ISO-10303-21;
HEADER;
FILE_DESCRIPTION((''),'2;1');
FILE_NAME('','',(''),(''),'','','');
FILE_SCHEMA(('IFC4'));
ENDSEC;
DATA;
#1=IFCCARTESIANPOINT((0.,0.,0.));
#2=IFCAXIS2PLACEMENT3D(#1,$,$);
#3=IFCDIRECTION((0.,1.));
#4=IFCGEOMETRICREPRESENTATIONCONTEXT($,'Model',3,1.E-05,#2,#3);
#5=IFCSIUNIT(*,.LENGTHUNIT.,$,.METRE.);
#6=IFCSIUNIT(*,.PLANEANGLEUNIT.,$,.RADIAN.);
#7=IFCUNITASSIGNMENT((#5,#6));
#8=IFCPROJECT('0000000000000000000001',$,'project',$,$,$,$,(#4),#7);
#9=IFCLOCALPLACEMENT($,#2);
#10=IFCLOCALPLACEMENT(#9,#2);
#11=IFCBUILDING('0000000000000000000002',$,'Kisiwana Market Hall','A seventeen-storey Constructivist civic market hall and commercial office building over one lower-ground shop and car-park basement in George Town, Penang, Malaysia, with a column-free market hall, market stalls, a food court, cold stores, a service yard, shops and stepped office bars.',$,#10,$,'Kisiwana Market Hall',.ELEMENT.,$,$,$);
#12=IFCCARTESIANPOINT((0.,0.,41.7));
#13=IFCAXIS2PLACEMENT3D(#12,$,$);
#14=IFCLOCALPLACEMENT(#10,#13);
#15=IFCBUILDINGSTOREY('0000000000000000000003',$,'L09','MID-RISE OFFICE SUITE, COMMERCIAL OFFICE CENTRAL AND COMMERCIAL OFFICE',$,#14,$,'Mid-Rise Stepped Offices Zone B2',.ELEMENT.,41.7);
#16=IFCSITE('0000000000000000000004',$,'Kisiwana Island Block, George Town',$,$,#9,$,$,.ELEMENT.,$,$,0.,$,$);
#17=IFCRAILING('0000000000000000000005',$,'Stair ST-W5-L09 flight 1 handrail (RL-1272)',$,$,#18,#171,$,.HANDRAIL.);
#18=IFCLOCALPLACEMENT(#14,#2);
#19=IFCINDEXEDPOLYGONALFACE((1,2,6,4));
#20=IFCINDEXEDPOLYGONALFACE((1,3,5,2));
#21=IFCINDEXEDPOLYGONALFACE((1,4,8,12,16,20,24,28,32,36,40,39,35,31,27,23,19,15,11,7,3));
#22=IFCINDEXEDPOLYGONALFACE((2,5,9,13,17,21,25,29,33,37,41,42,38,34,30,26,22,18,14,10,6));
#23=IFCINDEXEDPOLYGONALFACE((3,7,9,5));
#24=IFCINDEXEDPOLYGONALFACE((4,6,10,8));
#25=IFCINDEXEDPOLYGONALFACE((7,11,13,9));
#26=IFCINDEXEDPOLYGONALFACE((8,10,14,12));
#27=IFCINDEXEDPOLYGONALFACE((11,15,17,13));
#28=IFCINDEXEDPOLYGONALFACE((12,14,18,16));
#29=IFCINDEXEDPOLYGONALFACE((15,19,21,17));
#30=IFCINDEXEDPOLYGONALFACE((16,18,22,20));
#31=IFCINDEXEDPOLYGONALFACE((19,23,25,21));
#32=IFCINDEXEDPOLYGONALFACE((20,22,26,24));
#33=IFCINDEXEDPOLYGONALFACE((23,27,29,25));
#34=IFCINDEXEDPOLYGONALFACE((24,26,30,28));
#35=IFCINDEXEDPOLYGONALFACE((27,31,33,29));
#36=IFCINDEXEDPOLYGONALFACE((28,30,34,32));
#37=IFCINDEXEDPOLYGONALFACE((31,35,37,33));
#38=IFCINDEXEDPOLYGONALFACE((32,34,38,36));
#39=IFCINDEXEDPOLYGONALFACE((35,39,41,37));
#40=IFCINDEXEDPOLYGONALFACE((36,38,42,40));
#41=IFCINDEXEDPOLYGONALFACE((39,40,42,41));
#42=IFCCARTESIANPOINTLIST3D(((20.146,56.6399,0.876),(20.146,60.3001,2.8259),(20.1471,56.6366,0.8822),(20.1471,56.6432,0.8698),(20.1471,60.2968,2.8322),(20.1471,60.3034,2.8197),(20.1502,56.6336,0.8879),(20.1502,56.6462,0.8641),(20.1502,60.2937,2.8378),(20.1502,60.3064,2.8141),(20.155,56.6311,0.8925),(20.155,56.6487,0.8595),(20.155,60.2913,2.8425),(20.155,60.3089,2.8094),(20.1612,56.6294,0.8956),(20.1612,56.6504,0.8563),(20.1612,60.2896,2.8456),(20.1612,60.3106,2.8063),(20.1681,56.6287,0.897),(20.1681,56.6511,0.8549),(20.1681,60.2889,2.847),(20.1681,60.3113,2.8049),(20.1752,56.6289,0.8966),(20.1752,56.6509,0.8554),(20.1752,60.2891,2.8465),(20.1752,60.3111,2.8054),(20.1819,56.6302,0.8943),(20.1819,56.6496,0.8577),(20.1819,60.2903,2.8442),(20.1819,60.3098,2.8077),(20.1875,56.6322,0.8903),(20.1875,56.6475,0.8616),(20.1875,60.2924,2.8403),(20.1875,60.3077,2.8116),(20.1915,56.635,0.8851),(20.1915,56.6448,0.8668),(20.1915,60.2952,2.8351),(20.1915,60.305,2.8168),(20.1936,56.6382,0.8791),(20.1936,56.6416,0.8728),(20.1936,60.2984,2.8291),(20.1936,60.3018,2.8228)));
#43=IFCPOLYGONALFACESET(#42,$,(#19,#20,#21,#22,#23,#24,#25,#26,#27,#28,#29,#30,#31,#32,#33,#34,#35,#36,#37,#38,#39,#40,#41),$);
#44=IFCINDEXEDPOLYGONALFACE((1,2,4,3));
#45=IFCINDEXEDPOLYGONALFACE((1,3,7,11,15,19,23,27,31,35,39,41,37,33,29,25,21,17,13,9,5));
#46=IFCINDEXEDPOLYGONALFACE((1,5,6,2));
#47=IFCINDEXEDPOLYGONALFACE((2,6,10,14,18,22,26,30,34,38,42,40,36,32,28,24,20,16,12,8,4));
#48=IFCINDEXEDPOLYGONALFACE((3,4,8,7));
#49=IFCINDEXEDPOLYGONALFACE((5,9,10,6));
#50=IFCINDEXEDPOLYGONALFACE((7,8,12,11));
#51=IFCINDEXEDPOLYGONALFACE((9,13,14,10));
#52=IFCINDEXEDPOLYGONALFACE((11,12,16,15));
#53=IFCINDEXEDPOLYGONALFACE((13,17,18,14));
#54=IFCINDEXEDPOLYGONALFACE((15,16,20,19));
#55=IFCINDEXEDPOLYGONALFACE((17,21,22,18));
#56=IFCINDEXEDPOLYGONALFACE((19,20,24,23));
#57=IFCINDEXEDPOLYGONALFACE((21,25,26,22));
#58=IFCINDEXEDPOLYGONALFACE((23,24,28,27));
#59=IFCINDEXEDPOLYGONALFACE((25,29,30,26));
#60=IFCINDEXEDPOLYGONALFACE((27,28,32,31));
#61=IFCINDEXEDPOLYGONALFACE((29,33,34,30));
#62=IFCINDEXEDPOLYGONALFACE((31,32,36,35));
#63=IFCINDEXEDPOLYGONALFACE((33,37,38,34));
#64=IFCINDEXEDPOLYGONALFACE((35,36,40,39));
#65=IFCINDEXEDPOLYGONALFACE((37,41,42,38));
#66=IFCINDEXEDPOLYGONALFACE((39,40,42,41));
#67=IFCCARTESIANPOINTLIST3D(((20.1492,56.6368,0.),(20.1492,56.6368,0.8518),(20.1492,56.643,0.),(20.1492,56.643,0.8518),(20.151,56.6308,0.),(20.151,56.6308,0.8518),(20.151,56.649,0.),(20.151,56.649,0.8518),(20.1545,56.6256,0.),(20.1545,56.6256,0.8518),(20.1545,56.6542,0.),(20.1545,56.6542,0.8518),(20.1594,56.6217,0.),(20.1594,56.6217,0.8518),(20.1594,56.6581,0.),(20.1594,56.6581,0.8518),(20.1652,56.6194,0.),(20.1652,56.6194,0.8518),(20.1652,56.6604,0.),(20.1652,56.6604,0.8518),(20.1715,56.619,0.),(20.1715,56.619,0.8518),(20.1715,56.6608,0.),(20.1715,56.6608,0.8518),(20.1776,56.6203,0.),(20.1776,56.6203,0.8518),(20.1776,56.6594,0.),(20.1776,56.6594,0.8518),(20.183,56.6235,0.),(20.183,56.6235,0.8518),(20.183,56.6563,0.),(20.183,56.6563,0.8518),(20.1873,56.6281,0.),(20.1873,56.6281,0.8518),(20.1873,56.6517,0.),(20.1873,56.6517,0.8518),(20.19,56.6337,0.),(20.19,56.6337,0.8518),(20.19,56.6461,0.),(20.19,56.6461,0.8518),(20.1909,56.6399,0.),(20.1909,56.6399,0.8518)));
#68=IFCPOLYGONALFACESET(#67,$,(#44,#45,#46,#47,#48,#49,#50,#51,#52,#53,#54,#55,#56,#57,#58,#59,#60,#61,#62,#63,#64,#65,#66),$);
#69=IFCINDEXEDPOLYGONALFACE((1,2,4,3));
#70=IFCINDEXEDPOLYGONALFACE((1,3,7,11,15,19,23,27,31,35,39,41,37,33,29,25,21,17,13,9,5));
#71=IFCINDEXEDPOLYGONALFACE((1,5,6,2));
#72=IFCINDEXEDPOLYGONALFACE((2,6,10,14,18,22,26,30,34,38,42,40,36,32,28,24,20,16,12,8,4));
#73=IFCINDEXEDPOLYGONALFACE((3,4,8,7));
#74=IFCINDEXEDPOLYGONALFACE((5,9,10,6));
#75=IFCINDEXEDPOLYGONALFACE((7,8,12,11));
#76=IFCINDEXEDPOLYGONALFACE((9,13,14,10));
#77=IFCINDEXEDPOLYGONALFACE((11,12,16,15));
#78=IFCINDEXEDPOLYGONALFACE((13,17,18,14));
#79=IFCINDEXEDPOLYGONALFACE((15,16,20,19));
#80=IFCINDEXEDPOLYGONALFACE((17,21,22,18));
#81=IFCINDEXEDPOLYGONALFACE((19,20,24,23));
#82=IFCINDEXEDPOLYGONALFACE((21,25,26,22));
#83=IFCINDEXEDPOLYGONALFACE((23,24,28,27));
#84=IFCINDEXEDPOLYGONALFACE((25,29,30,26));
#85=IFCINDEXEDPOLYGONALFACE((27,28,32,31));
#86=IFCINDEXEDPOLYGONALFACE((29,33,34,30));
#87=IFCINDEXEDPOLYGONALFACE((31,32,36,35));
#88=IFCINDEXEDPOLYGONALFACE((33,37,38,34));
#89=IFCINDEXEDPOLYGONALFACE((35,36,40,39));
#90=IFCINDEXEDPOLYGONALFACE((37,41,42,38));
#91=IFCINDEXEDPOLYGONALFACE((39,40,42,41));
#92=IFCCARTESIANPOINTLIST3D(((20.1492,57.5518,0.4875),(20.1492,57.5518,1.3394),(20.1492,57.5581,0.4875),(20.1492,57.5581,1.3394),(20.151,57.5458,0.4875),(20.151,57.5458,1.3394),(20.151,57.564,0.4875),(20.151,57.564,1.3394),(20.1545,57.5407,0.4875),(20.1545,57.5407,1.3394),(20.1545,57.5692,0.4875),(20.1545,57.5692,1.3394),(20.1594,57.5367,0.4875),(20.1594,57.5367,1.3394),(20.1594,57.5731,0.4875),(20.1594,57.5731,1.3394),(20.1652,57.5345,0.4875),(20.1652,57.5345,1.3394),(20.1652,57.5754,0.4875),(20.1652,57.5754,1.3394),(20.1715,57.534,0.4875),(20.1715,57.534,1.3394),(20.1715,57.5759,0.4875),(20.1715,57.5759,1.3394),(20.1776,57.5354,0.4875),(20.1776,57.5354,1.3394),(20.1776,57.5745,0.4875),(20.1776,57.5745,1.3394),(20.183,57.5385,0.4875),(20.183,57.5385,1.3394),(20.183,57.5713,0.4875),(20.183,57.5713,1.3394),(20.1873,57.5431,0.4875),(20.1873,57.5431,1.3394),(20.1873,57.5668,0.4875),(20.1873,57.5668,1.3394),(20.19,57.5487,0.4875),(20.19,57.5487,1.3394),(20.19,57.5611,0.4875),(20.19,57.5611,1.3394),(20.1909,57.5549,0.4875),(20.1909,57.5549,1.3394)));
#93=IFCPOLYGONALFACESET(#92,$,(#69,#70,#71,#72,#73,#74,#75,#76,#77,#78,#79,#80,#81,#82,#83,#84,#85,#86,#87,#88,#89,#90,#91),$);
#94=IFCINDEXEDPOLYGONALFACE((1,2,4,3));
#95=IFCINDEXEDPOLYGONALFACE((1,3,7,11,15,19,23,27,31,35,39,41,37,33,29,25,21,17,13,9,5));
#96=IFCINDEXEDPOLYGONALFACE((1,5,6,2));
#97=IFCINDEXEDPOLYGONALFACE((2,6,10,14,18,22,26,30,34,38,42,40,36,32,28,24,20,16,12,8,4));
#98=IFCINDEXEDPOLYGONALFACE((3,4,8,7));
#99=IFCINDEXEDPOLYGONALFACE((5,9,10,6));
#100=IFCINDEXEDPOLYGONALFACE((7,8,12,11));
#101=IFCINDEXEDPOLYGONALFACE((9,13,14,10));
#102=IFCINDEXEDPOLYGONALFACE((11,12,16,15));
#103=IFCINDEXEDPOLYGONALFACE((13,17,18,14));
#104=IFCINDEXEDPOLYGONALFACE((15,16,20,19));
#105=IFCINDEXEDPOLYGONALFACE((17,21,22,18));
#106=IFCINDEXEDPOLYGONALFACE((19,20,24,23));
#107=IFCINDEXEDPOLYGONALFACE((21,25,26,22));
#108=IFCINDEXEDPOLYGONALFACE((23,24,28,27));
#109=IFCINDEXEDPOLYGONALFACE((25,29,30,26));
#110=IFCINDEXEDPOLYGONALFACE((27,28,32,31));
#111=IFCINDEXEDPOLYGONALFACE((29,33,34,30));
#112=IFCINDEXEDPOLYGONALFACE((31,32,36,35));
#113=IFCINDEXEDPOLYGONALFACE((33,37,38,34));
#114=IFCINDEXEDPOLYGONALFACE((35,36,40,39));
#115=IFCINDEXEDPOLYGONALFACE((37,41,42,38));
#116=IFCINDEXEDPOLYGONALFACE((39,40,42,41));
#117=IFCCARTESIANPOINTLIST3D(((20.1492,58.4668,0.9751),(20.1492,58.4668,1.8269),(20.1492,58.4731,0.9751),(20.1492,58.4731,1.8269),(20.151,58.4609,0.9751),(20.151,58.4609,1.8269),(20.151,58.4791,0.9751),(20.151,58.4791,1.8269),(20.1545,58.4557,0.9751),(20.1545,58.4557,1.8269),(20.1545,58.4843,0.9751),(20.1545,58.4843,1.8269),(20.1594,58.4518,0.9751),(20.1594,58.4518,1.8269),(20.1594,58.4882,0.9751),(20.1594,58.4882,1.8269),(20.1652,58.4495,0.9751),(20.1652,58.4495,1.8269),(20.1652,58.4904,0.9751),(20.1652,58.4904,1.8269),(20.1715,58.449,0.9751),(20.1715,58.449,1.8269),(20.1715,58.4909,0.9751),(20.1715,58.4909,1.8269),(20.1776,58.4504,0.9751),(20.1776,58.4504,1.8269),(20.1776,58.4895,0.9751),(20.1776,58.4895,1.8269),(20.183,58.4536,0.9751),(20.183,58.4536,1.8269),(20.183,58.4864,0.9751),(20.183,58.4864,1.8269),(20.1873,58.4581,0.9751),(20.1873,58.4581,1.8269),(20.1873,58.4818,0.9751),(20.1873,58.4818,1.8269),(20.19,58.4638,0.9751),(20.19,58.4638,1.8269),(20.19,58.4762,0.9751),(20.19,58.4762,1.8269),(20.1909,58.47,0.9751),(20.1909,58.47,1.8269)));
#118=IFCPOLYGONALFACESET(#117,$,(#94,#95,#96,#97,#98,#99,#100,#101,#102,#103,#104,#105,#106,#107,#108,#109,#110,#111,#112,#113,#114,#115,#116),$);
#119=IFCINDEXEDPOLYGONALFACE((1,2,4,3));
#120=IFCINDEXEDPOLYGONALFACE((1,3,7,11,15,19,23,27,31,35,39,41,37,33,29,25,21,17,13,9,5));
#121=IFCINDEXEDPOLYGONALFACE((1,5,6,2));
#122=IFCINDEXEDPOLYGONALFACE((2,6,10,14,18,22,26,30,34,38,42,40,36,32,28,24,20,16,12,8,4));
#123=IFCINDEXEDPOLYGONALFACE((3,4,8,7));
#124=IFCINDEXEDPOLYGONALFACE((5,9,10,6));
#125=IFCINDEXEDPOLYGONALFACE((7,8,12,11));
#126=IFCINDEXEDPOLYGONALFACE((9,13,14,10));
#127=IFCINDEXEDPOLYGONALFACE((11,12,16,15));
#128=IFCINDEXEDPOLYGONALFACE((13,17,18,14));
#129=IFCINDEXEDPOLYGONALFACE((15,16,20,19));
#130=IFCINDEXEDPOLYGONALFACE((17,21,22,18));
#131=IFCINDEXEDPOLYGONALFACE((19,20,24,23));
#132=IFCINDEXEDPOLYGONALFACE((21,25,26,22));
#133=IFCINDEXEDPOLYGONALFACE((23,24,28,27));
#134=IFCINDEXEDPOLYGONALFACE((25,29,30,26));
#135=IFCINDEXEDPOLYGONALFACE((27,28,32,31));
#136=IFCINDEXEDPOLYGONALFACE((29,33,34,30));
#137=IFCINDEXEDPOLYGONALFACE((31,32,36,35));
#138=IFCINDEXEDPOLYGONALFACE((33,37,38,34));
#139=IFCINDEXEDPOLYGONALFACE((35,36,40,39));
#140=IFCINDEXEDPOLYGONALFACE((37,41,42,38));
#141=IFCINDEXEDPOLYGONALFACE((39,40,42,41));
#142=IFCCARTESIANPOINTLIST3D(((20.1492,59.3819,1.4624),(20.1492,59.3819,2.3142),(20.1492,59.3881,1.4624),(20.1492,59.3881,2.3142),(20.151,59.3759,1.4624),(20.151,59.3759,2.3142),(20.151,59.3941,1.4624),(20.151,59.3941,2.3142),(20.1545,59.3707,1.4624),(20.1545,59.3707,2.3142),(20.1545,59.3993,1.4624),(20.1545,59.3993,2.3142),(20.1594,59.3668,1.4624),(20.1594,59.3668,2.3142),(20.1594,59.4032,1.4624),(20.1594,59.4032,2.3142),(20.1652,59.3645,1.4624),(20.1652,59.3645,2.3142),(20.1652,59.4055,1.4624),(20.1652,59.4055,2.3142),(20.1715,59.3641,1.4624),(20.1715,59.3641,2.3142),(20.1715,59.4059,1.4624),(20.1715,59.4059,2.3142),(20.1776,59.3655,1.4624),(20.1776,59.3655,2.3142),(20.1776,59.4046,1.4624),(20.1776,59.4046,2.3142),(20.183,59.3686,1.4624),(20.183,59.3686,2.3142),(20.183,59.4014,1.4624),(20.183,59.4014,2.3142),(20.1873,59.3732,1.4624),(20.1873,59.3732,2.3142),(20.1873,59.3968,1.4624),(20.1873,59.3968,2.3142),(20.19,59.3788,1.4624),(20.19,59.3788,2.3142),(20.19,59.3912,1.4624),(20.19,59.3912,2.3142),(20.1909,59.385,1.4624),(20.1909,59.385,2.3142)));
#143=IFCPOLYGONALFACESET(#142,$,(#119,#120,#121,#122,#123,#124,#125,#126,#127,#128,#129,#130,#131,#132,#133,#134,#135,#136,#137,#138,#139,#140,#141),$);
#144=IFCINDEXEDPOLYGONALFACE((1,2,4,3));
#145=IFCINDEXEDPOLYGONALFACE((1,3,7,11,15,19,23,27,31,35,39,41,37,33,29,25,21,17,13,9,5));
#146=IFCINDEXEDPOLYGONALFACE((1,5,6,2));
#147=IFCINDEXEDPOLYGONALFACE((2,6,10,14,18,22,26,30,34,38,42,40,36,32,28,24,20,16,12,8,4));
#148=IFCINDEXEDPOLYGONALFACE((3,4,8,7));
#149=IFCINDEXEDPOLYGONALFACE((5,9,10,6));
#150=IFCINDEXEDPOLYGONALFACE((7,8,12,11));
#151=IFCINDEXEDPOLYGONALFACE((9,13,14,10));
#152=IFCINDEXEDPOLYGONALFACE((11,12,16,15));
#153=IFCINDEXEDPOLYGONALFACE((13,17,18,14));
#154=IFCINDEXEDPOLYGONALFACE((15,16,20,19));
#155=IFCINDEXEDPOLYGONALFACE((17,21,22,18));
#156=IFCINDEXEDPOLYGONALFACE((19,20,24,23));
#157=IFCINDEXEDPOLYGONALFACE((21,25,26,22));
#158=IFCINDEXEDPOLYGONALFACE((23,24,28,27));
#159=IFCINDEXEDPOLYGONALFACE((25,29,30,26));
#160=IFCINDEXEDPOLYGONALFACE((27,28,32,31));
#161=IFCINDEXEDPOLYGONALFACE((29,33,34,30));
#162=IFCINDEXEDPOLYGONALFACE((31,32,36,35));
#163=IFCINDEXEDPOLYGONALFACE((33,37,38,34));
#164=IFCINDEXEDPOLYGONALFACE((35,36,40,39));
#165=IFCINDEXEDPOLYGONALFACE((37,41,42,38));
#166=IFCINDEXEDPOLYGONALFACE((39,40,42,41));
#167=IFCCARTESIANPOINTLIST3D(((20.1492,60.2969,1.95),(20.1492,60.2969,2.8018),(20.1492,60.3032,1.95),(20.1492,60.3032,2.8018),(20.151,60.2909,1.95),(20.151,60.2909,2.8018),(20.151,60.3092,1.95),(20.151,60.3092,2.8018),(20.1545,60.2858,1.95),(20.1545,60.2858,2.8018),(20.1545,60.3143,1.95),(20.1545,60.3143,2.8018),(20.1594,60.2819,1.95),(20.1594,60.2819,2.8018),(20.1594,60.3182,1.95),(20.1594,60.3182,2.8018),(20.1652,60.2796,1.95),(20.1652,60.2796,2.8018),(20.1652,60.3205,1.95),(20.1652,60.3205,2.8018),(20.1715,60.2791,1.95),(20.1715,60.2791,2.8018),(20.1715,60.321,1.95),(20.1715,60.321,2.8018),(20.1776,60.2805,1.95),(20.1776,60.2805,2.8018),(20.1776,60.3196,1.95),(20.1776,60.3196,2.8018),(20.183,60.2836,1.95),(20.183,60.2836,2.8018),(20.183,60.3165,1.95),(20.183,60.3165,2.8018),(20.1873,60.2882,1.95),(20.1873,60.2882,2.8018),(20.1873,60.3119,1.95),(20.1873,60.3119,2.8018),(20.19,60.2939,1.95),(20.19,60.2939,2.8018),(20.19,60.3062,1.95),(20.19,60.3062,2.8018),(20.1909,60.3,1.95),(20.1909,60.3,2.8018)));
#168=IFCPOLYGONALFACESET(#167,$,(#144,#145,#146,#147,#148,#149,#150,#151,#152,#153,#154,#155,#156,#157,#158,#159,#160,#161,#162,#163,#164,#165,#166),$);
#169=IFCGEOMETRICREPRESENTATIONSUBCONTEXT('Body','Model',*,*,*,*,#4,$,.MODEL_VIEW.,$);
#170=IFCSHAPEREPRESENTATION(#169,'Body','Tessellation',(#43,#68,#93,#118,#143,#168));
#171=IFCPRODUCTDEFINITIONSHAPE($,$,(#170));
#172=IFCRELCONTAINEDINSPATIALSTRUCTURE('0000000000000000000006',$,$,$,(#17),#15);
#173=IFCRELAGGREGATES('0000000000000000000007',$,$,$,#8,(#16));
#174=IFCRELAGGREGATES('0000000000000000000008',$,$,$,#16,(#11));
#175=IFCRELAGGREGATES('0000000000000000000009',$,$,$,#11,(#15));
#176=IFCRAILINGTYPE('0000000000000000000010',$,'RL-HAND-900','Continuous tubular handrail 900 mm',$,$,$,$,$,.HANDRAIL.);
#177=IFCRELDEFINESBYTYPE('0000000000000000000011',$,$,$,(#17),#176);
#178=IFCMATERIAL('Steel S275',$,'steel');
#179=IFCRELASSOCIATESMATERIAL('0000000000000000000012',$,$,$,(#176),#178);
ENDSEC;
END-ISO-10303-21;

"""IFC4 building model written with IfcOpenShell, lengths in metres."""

from ifc_helpers import new_model, si_unit, direction, frame, origin, origin_2d, place, context, subcontext, project, spatial, circle, extrude, material, type_object, element, save


model = new_model("IFC4")

# Units and contexts
model_context = context("Model", 3, precision=1e-05, world=origin(), true_north=direction((0.0, 1.0)))
body_context = subcontext(model_context, "Body", "Model", "MODEL_VIEW")
ifc_project = project(units=[si_unit("LENGTHUNIT", "METRE"), si_unit("PLANEANGLEUNIT", "RADIAN")], contexts=[model_context])

# Site, building, storey
site_placement = place(None, origin())
site = spatial("IfcSite", under=ifc_project, at=site_placement, Name="Kisiwana Island Block, George Town", CompositionType="ELEMENT", RefElevation=0.0)
building_placement = place(site_placement, origin())
building = spatial("IfcBuilding", under=site, at=building_placement, Name="Kisiwana Market Hall", Description="A seventeen-storey Constructivist civic market hall and commercial office building over one lower-ground shop and car-park basement in George Town, Penang, Malaysia, with a column-free market hall, market stalls, a food court, cold stores, a service yard, shops and stepped office bars.", LongName="Kisiwana Market Hall", CompositionType="ELEMENT")
storey_placement = place(building_placement, frame((0.0, 0.0, 41.7)))
storey = spatial("IfcBuildingStorey", under=building, at=storey_placement, Name="L09", Description="MID-RISE OFFICE SUITE, COMMERCIAL OFFICE CENTRAL AND COMMERCIAL OFFICE", LongName="Mid-Rise Stepped Offices Zone B2", CompositionType="ELEMENT", Elevation=41.7)

# Railing
ifc_material_1 = material(Name="Steel S275", Category="steel")
railing_type_1 = type_object("IfcRailingType", Name="RL-HAND-900", Description="Continuous tubular handrail 900 mm", PredefinedType="HANDRAIL", material=ifc_material_1)
railing_1_placement = place(storey_placement, frame((20.1699, 56.6399, 0.0)))
element("IfcRailing", 1, at=railing_1_placement, inside=storey, type_object=railing_type_1, Name="Stair ST-W5-L09 flight 1 handrail (RL-1272)", PredefinedType="HANDRAIL", context=body_context, shape_type="SweptSolid", body=[
    extrude(circle(Radius=0.0239, at=origin_2d()), frame((0.0, 0.0, 0.876), z_axis=(0.0, 0.882566, 0.470188), x_axis=(-1.0, 0.0, 0.0)), (0.0, 0.0, 1.0), 4.1472),
    extrude(circle(Radius=0.021, at=origin_2d()), origin(), (0.0, 0.0, 1.0), 0.8518),
    extrude(circle(Radius=0.021, at=origin_2d()), frame((0.0, 0.915, 0.4875)), (0.0, 0.0, 1.0), 0.8518),
    extrude(circle(Radius=0.021, at=origin_2d()), frame((0.0, 1.8301, 0.9751)), (0.0, 0.0, 1.0), 0.8518),
    extrude(circle(Radius=0.021, at=origin_2d()), frame((0.0, 2.7451, 1.4624)), (0.0, 0.0, 1.0), 0.8518),
    extrude(circle(Radius=0.021, at=origin_2d()), frame((0.0, 3.6602, 1.95)), (0.0, 0.0, 1.0), 0.8518),
])

save(model, "model.ifc")
